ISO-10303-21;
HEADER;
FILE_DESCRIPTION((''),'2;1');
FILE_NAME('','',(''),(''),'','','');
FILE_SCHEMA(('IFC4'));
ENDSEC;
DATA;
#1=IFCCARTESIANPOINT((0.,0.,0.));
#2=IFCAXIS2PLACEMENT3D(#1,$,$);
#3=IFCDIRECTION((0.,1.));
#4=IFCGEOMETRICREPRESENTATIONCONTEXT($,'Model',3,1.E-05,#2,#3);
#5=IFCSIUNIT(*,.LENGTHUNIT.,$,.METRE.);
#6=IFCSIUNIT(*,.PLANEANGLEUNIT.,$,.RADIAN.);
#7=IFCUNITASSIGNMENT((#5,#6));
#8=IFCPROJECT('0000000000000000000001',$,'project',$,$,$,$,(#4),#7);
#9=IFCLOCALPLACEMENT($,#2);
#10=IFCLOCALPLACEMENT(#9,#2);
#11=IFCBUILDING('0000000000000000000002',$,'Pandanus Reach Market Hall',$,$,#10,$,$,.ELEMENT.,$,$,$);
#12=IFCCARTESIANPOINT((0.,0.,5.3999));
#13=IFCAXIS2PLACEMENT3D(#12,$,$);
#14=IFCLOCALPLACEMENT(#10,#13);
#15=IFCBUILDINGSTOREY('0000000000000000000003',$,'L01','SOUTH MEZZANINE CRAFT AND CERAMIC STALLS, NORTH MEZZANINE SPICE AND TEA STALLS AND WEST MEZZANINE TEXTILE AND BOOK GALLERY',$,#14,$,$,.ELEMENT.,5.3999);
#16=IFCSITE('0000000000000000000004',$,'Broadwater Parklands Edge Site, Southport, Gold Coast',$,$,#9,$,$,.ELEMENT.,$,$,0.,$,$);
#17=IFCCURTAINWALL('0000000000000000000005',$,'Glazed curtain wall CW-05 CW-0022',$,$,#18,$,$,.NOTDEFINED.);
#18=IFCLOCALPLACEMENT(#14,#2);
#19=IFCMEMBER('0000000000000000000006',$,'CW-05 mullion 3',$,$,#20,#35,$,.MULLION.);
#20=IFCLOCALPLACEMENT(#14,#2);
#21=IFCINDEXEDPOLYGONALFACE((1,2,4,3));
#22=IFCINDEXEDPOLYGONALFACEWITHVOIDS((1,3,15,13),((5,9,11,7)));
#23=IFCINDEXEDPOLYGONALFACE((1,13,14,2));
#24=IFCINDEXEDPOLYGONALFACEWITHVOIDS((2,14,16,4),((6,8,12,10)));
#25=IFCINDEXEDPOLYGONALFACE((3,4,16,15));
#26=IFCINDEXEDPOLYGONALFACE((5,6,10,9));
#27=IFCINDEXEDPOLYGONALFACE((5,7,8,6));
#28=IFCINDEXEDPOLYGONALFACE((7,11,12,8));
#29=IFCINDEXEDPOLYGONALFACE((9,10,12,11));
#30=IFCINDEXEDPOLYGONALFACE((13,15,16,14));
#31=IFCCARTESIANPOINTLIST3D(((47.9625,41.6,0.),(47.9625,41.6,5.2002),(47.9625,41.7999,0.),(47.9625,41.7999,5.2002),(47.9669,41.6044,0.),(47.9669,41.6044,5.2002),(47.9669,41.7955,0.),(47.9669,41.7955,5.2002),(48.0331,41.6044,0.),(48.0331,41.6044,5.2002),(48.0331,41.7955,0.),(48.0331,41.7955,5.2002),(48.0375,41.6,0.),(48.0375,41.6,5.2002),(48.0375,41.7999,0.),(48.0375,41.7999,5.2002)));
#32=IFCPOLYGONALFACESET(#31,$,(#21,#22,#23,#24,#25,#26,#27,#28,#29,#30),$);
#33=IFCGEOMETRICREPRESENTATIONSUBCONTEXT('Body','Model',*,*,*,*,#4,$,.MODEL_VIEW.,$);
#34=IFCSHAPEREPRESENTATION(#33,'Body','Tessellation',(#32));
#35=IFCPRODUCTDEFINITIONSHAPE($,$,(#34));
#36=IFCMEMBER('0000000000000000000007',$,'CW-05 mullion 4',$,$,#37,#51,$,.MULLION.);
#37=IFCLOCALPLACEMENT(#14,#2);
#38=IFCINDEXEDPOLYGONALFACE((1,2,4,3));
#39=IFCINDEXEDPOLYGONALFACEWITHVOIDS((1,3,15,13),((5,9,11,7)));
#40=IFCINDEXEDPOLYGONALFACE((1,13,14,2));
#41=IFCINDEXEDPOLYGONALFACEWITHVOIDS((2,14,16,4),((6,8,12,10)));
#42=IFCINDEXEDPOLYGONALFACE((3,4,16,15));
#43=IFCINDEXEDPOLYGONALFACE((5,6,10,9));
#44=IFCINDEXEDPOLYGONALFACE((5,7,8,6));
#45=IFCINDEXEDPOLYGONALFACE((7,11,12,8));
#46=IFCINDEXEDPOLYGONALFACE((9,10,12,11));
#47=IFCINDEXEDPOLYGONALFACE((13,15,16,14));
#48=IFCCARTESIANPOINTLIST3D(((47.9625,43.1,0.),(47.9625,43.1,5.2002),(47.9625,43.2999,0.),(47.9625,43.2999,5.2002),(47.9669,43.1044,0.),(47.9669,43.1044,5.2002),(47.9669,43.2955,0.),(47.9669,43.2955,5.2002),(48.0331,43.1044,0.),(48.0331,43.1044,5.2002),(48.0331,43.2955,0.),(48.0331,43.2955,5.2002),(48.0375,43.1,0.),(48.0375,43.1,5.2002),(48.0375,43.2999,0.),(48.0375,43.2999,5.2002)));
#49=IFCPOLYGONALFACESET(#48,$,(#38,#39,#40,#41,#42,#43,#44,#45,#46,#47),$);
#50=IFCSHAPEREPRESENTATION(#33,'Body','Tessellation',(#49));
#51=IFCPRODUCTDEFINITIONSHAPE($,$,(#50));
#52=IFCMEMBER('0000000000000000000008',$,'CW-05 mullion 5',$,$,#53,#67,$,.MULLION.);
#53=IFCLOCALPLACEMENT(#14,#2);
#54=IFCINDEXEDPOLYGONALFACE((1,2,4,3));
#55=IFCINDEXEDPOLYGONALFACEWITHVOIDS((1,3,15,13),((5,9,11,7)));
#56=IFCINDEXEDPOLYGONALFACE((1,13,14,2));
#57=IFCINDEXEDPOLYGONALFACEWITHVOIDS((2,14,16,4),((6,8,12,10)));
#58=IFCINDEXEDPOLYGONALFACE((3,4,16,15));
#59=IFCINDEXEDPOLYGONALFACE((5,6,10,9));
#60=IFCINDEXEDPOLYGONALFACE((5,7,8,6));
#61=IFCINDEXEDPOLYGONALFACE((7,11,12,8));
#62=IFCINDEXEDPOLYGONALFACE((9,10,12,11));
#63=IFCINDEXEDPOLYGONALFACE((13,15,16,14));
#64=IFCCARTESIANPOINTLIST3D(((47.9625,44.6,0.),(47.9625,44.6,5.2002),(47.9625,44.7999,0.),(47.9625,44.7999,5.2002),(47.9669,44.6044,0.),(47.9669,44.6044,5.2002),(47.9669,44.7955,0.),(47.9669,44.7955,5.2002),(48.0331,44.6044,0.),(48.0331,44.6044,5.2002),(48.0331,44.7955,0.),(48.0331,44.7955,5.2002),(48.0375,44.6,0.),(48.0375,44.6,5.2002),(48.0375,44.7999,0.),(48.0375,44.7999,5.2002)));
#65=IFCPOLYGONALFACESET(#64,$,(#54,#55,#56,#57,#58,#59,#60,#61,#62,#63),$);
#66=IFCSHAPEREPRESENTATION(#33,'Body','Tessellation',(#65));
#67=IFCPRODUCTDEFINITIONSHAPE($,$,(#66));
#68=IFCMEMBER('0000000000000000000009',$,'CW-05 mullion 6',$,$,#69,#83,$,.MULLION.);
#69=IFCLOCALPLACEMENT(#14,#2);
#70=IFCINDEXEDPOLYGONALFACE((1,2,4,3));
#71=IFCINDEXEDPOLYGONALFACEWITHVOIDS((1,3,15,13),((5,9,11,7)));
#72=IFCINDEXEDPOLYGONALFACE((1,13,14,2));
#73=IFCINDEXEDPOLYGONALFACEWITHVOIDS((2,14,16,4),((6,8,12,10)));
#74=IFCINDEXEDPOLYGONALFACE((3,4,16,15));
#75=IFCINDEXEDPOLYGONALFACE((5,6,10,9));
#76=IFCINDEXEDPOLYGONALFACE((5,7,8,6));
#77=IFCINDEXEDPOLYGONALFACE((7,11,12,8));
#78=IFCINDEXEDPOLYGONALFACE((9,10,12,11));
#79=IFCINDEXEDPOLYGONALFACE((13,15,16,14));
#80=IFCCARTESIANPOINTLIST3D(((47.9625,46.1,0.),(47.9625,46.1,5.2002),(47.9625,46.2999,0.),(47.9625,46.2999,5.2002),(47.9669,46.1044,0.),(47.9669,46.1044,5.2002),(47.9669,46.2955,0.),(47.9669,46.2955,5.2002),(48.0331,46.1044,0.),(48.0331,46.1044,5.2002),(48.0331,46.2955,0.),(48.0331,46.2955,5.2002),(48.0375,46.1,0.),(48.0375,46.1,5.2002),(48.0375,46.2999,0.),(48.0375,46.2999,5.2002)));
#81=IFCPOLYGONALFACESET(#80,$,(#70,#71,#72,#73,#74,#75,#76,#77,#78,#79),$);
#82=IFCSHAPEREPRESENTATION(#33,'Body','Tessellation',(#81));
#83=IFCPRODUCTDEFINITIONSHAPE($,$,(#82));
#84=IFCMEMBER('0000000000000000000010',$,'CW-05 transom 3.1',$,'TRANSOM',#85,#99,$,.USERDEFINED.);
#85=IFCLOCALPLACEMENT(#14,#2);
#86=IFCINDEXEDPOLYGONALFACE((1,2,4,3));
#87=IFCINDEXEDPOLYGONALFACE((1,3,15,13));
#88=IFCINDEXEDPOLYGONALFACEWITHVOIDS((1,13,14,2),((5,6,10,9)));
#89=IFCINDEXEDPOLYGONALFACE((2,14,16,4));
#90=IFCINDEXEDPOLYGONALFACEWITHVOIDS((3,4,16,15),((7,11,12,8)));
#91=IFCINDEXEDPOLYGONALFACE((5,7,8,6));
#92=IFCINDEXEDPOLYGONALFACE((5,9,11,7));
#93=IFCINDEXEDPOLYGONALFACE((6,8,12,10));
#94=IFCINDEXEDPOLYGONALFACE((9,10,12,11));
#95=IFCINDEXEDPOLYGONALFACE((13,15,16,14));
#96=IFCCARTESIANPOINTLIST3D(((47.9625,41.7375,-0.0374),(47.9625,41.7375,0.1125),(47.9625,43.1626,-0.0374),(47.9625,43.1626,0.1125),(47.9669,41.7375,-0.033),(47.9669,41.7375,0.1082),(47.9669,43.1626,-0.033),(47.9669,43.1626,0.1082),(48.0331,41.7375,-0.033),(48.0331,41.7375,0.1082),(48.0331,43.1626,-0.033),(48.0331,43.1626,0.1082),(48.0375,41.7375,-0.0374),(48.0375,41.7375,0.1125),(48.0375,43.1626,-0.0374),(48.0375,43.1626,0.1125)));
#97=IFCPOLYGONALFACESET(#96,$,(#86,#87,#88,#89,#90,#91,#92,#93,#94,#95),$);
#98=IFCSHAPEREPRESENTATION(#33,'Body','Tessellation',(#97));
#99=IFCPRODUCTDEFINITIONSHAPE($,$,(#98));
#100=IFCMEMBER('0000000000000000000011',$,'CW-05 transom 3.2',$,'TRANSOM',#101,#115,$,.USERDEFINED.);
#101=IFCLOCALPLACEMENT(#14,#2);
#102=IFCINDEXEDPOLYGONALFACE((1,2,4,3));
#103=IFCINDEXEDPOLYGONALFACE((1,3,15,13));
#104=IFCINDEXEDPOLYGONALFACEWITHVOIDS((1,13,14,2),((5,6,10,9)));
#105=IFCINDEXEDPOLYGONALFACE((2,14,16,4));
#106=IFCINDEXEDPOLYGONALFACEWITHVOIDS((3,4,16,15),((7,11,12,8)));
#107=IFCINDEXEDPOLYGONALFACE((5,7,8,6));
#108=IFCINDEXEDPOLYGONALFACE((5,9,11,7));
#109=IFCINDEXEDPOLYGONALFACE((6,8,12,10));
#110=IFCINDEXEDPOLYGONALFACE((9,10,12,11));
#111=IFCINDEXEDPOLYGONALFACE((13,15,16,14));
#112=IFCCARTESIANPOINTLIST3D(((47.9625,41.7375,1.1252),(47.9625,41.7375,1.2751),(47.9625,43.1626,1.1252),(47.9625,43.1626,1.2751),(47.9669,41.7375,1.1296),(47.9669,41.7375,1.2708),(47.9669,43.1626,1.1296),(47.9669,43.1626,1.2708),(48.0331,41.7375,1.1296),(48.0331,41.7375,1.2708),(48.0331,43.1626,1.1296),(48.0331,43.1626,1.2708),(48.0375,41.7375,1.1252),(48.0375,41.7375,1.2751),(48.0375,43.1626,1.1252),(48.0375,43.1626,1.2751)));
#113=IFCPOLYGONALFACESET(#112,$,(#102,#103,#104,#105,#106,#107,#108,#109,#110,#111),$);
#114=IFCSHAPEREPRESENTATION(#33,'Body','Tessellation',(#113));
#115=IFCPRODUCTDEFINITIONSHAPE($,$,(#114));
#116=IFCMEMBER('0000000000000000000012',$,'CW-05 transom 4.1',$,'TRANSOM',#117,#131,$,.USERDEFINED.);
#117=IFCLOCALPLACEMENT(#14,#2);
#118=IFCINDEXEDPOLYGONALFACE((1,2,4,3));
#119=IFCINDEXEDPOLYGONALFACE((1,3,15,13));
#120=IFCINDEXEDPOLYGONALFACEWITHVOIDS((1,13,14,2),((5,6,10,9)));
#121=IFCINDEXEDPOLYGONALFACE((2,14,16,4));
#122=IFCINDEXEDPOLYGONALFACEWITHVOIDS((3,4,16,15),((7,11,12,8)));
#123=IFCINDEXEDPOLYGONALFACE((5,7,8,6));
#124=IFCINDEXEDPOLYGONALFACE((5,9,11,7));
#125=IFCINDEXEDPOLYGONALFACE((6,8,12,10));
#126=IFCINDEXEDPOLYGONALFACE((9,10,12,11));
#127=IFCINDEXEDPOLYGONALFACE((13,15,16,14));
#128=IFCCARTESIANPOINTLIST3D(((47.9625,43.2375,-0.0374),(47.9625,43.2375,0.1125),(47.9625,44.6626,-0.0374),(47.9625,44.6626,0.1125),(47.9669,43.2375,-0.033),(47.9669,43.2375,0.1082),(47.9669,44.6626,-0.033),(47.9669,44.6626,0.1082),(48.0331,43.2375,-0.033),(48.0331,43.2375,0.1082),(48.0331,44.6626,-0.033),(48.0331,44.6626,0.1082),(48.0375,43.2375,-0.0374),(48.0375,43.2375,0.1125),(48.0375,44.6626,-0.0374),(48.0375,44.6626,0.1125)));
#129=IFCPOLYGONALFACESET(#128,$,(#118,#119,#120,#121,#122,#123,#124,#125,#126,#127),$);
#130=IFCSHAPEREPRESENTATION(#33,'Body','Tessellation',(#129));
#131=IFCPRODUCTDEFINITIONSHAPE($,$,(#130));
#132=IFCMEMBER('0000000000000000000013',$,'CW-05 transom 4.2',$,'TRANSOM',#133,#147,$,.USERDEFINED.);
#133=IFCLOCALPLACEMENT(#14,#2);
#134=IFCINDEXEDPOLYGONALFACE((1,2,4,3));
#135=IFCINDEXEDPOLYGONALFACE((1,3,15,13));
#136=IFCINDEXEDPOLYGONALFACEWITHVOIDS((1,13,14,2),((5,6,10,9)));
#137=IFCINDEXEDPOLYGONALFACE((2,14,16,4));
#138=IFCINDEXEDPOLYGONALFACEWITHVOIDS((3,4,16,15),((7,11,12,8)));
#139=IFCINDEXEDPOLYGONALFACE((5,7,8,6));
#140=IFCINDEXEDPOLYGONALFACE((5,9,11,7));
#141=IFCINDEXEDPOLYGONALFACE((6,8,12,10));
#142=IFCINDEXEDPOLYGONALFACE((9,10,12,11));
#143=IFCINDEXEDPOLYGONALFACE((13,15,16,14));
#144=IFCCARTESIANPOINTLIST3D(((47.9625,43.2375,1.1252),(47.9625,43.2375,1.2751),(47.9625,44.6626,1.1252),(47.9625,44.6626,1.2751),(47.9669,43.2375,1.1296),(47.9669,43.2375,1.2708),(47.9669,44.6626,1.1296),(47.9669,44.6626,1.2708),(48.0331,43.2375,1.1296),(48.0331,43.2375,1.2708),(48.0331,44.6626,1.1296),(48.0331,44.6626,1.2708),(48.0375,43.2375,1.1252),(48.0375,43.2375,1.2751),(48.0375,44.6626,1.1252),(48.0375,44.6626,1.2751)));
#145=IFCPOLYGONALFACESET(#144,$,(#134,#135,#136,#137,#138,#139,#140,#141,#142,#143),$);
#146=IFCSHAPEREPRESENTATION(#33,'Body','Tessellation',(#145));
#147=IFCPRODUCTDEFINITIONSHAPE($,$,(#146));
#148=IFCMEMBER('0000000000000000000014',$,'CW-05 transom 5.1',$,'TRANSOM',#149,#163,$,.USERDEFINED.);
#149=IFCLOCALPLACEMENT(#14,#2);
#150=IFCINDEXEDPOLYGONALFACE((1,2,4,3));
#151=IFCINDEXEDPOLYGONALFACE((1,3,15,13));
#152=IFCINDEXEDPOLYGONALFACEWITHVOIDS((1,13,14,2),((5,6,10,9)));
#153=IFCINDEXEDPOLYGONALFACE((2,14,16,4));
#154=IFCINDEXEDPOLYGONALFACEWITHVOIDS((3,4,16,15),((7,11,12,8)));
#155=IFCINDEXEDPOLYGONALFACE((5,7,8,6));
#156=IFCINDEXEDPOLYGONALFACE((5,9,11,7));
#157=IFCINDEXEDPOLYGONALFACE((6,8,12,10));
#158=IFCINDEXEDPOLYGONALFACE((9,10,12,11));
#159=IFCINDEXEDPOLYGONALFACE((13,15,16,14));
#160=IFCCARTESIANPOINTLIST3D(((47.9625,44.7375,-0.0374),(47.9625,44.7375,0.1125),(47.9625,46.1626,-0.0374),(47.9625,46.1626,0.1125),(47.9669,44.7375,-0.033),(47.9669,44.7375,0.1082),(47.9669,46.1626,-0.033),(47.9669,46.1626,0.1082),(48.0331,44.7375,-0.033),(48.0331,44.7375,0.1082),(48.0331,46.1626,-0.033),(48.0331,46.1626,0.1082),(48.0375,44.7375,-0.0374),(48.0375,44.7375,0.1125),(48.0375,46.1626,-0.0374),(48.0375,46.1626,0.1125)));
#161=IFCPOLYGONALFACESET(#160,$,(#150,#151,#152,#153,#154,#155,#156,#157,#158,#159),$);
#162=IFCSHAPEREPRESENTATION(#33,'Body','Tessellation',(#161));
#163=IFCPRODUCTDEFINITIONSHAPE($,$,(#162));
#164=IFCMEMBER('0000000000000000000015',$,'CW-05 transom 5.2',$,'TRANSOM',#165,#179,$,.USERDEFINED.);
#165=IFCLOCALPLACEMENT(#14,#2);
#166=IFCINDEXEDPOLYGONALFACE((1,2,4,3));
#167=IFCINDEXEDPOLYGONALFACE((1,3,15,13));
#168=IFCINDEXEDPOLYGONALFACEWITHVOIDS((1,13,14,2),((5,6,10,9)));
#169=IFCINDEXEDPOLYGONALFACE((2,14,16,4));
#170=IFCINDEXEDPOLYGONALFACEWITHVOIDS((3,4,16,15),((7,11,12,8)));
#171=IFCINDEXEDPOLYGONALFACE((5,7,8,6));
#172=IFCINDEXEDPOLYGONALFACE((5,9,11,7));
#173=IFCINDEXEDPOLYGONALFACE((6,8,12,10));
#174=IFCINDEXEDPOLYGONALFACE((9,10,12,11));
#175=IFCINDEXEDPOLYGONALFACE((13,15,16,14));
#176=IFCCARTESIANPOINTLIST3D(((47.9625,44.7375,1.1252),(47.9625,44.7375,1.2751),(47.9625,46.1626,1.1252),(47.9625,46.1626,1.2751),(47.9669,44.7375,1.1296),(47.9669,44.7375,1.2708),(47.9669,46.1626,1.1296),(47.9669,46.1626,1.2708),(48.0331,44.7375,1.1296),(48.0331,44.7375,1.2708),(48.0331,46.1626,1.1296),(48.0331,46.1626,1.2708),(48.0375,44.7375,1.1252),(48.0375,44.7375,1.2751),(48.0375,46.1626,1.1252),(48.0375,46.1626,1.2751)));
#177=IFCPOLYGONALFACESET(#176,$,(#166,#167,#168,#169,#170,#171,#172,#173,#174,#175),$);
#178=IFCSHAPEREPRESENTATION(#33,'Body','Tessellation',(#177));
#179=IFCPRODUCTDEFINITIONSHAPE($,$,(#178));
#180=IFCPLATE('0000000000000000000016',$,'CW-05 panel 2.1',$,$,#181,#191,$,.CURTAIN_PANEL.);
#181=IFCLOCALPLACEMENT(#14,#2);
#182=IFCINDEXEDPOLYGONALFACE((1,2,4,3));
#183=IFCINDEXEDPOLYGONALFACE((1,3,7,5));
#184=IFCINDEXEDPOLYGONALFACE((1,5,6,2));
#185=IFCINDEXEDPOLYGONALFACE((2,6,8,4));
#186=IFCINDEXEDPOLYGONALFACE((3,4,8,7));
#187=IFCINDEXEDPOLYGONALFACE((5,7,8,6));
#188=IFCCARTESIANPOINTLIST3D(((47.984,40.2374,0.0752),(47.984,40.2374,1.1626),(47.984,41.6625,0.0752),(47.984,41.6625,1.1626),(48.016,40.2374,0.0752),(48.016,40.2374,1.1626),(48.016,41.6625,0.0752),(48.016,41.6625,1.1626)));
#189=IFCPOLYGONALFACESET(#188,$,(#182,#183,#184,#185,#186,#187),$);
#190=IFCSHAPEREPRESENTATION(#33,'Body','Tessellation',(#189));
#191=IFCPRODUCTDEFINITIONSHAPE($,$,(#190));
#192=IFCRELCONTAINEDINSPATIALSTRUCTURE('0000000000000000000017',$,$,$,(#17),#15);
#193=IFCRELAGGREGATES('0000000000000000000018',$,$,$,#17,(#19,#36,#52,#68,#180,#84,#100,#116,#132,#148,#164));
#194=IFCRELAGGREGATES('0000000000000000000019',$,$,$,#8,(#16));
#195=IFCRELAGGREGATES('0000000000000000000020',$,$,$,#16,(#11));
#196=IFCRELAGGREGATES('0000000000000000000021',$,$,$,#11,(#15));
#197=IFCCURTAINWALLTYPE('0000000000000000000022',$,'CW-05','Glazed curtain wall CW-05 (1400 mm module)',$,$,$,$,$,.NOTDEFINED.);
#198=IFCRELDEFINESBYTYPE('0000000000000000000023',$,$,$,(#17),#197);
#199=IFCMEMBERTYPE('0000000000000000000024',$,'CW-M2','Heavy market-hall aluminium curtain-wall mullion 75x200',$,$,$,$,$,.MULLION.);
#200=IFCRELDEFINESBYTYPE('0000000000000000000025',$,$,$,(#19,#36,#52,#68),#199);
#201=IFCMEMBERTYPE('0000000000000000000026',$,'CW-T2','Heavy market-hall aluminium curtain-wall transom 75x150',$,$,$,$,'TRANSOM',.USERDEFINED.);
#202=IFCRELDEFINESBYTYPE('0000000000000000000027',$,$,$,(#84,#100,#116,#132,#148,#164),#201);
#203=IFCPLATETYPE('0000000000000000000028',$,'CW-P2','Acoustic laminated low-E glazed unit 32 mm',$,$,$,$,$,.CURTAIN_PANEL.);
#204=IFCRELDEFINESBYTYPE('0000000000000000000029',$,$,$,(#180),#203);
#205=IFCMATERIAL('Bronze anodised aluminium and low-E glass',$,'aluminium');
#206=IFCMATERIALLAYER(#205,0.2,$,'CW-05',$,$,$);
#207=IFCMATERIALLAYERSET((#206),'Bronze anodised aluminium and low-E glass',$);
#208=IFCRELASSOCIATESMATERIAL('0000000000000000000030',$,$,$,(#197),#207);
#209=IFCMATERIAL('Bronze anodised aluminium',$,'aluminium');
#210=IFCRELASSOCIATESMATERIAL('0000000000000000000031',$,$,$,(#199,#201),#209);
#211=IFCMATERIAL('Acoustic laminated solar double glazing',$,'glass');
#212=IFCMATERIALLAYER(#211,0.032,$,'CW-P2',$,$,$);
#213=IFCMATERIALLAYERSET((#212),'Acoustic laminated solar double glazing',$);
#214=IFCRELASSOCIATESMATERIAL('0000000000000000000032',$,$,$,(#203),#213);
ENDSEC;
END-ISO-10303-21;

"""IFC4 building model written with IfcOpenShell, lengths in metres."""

from ifc_helpers import new_model, si_unit, direction, frame, origin, origin_2d, place, context, subcontext, project, spatial, rectangle, hollow_rectangle, extrude, material, layer, layer_set, material_profile, profile_set, type_object, element, aggregate, save


model = new_model("IFC4")

# Units and contexts
model_context = context("Model", 3, precision=1e-05, world=origin(), true_north=direction((0.0, 1.0)))
body_context = subcontext(model_context, "Body", "Model", "MODEL_VIEW")
ifc_project = project(units=[si_unit("LENGTHUNIT", "METRE"), si_unit("PLANEANGLEUNIT", "RADIAN")], contexts=[model_context])

# Site, building, storey
site_placement = place(None, origin())
site = spatial("IfcSite", under=ifc_project, at=site_placement, Name="Broadwater Parklands Edge Site, Southport, Gold Coast", CompositionType="ELEMENT", RefElevation=0.0)
building_placement = place(site_placement, origin())
building = spatial("IfcBuilding", under=site, at=building_placement, Name="Pandanus Reach Market Hall", CompositionType="ELEMENT")
storey_placement = place(building_placement, frame((0.0, 0.0, 5.3999)))
storey = spatial("IfcBuildingStorey", under=building, at=storey_placement, Name="L01", Description="SOUTH MEZZANINE CRAFT AND CERAMIC STALLS, NORTH MEZZANINE SPICE AND TEA STALLS AND WEST MEZZANINE TEXTILE AND BOOK GALLERY", CompositionType="ELEMENT", Elevation=5.3999)

# Curtain wall, members, plate
ifc_material_1 = material(Name="Bronze anodised aluminium and low-E glass", Category="aluminium")
ifc_layer_1 = layer(ifc_material_1, 0.2, Name="CW-05")
ifc_layer_set_1 = layer_set([ifc_layer_1], Name="Bronze anodised aluminium and low-E glass")
curtain_wall_type = type_object("IfcCurtainWallType", Name="CW-05", Description="Glazed curtain wall CW-05 (1400 mm module)", PredefinedType="NOTDEFINED", material=ifc_layer_set_1)
curtain_wall_placement = place(storey_placement, origin())
curtain_wall = element("IfcCurtainWall", 1, at=curtain_wall_placement, inside=storey, type_object=curtain_wall_type, Name="Glazed curtain wall CW-05 CW-0022", PredefinedType="NOTDEFINED")
ifc_material_2 = material(Name="Bronze anodised aluminium", Category="aluminium")
ifc_material_profile_1 = material_profile(ifc_material_2, hollow_rectangle(XDim=0.075, YDim=0.2, WallThickness=0.0044, at=origin_2d()), Name="ALU75x200", Category="LoadBearing")
ifc_profile_set_1 = profile_set([ifc_material_profile_1], Name="Bronze anodised aluminium")
member_type_1 = type_object("IfcMemberType", Name="CW-M2", Description="Heavy market-hall aluminium curtain-wall mullion 75x200", PredefinedType="MULLION", material=ifc_profile_set_1)
member_1_placement = place(storey_placement, frame((48.0, 41.7, 0.0), z_axis=(0.0, 0.0, 1.0), x_axis=(-1.0, 0.0, 0.0)))
member_1 = element("IfcMember", 2, at=member_1_placement, type_object=member_type_1, Name="CW-05 mullion 3", PredefinedType="MULLION", context=body_context, shape_type="SweptSolid", body=[
    extrude(hollow_rectangle(XDim=0.075, YDim=0.2, WallThickness=0.0044, at=origin_2d()), origin(), (0.0, 0.0, 1.0), 5.2002),
])
member_2_placement = place(storey_placement, frame((48.0, 43.2, 0.0), z_axis=(0.0, 0.0, 1.0), x_axis=(-1.0, 0.0, 0.0)))
member_2 = element("IfcMember", 3, at=member_2_placement, type_object=member_type_1, Name="CW-05 mullion 4", PredefinedType="MULLION", context=body_context, shape_type="SweptSolid", body=[
    extrude(hollow_rectangle(XDim=0.075, YDim=0.2, WallThickness=0.0044, at=origin_2d()), origin(), (0.0, 0.0, 1.0), 5.2002),
])
member_3_placement = place(storey_placement, frame((48.0, 44.7, 0.0), z_axis=(0.0, 0.0, 1.0), x_axis=(-1.0, 0.0, 0.0)))
member_3 = element("IfcMember", 4, at=member_3_placement, type_object=member_type_1, Name="CW-05 mullion 5", PredefinedType="MULLION", context=body_context, shape_type="SweptSolid", body=[
    extrude(hollow_rectangle(XDim=0.075, YDim=0.2, WallThickness=0.0044, at=origin_2d()), origin(), (0.0, 0.0, 1.0), 5.2002),
])
member_4_placement = place(storey_placement, frame((48.0, 46.2, 0.0), z_axis=(0.0, 0.0, 1.0), x_axis=(-1.0, 0.0, 0.0)))
member_4 = element("IfcMember", 5, at=member_4_placement, type_object=member_type_1, Name="CW-05 mullion 6", PredefinedType="MULLION", context=body_context, shape_type="SweptSolid", body=[
    extrude(hollow_rectangle(XDim=0.075, YDim=0.2, WallThickness=0.0044, at=origin_2d()), origin(), (0.0, 0.0, 1.0), 5.2002),
])
ifc_material_profile_2 = material_profile(ifc_material_2, hollow_rectangle(XDim=0.075, YDim=0.1499, WallThickness=0.0044, at=origin_2d()), Name="ALU75x150", Category="LoadBearing")
ifc_profile_set_2 = profile_set([ifc_material_profile_2], Name="Bronze anodised aluminium")
member_type_2 = type_object("IfcMemberType", Name="CW-T2", Description="Heavy market-hall aluminium curtain-wall transom 75x150", ElementType="TRANSOM", PredefinedType="USERDEFINED", material=ifc_profile_set_2)
member_5_placement = place(storey_placement, frame((48.0, 41.7375, 0.0376), z_axis=(0.0, 1.0, 0.0), x_axis=(-1.0, 0.0, 0.0)))
member_5 = element("IfcMember", 6, at=member_5_placement, type_object=member_type_2, Name="CW-05 transom 3.1", ObjectType="TRANSOM", PredefinedType="USERDEFINED", context=body_context, shape_type="SweptSolid", body=[
    extrude(hollow_rectangle(XDim=0.075, YDim=0.1499, WallThickness=0.0044, at=origin_2d()), origin(), (0.0, 0.0, 1.0), 1.425),
])
member_6_placement = place(storey_placement, frame((48.0, 41.7375, 1.2002), z_axis=(0.0, 1.0, 0.0), x_axis=(-1.0, 0.0, 0.0)))
member_6 = element("IfcMember", 7, at=member_6_placement, type_object=member_type_2, Name="CW-05 transom 3.2", ObjectType="TRANSOM", PredefinedType="USERDEFINED", context=body_context, shape_type="SweptSolid", body=[
    extrude(hollow_rectangle(XDim=0.075, YDim=0.1499, WallThickness=0.0044, at=origin_2d()), origin(), (0.0, 0.0, 1.0), 1.425),
])
member_7_placement = place(storey_placement, frame((48.0, 43.2375, 0.0376), z_axis=(0.0, 1.0, 0.0), x_axis=(-1.0, 0.0, 0.0)))
member_7 = element("IfcMember", 8, at=member_7_placement, type_object=member_type_2, Name="CW-05 transom 4.1", ObjectType="TRANSOM", PredefinedType="USERDEFINED", context=body_context, shape_type="SweptSolid", body=[
    extrude(hollow_rectangle(XDim=0.075, YDim=0.1499, WallThickness=0.0044, at=origin_2d()), origin(), (0.0, 0.0, 1.0), 1.425),
])
member_8_placement = place(storey_placement, frame((48.0, 43.2375, 1.2002), z_axis=(0.0, 1.0, 0.0), x_axis=(-1.0, 0.0, 0.0)))
member_8 = element("IfcMember", 9, at=member_8_placement, type_object=member_type_2, Name="CW-05 transom 4.2", ObjectType="TRANSOM", PredefinedType="USERDEFINED", context=body_context, shape_type="SweptSolid", body=[
    extrude(hollow_rectangle(XDim=0.075, YDim=0.1499, WallThickness=0.0044, at=origin_2d()), origin(), (0.0, 0.0, 1.0), 1.425),
])
member_9_placement = place(storey_placement, frame((48.0, 44.7375, 0.0376), z_axis=(0.0, 1.0, 0.0), x_axis=(-1.0, 0.0, 0.0)))
member_9 = element("IfcMember", 10, at=member_9_placement, type_object=member_type_2, Name="CW-05 transom 5.1", ObjectType="TRANSOM", PredefinedType="USERDEFINED", context=body_context, shape_type="SweptSolid", body=[
    extrude(hollow_rectangle(XDim=0.075, YDim=0.1499, WallThickness=0.0044, at=origin_2d()), origin(), (0.0, 0.0, 1.0), 1.425),
])
member_10_placement = place(storey_placement, frame((48.0, 44.7375, 1.2002), z_axis=(0.0, 1.0, 0.0), x_axis=(-1.0, 0.0, 0.0)))
member_10 = element("IfcMember", 11, at=member_10_placement, type_object=member_type_2, Name="CW-05 transom 5.2", ObjectType="TRANSOM", PredefinedType="USERDEFINED", context=body_context, shape_type="SweptSolid", body=[
    extrude(hollow_rectangle(XDim=0.075, YDim=0.1499, WallThickness=0.0044, at=origin_2d()), origin(), (0.0, 0.0, 1.0), 1.425),
])
ifc_material_3 = material(Name="Acoustic laminated solar double glazing", Category="glass")
ifc_layer_2 = layer(ifc_material_3, 0.032, Name="CW-P2")
ifc_layer_set_2 = layer_set([ifc_layer_2], Name="Acoustic laminated solar double glazing")
plate_type = type_object("IfcPlateType", Name="CW-P2", Description="Acoustic laminated low-E glazed unit 32 mm", PredefinedType="CURTAIN_PANEL", material=ifc_layer_set_2)
plate_1_placement = place(storey_placement, frame((48.0, 40.95, 0.0752), z_axis=(0.0, 0.0, 1.0), x_axis=(0.0, 1.0, 0.0)))
plate_1 = element("IfcPlate", 12, at=plate_1_placement, type_object=plate_type, Name="CW-05 panel 2.1", PredefinedType="CURTAIN_PANEL", context=body_context, shape_type="SweptSolid", body=[
    extrude(rectangle(XDim=1.425, YDim=0.032, at=origin_2d()), origin(), (0.0, 0.0, 1.0), 1.0874),
])
aggregate(curtain_wall, [member_1, member_2, member_3, member_4, plate_1, member_5, member_6, member_7, member_8, member_9, member_10])

save(model, "model.ifc")
